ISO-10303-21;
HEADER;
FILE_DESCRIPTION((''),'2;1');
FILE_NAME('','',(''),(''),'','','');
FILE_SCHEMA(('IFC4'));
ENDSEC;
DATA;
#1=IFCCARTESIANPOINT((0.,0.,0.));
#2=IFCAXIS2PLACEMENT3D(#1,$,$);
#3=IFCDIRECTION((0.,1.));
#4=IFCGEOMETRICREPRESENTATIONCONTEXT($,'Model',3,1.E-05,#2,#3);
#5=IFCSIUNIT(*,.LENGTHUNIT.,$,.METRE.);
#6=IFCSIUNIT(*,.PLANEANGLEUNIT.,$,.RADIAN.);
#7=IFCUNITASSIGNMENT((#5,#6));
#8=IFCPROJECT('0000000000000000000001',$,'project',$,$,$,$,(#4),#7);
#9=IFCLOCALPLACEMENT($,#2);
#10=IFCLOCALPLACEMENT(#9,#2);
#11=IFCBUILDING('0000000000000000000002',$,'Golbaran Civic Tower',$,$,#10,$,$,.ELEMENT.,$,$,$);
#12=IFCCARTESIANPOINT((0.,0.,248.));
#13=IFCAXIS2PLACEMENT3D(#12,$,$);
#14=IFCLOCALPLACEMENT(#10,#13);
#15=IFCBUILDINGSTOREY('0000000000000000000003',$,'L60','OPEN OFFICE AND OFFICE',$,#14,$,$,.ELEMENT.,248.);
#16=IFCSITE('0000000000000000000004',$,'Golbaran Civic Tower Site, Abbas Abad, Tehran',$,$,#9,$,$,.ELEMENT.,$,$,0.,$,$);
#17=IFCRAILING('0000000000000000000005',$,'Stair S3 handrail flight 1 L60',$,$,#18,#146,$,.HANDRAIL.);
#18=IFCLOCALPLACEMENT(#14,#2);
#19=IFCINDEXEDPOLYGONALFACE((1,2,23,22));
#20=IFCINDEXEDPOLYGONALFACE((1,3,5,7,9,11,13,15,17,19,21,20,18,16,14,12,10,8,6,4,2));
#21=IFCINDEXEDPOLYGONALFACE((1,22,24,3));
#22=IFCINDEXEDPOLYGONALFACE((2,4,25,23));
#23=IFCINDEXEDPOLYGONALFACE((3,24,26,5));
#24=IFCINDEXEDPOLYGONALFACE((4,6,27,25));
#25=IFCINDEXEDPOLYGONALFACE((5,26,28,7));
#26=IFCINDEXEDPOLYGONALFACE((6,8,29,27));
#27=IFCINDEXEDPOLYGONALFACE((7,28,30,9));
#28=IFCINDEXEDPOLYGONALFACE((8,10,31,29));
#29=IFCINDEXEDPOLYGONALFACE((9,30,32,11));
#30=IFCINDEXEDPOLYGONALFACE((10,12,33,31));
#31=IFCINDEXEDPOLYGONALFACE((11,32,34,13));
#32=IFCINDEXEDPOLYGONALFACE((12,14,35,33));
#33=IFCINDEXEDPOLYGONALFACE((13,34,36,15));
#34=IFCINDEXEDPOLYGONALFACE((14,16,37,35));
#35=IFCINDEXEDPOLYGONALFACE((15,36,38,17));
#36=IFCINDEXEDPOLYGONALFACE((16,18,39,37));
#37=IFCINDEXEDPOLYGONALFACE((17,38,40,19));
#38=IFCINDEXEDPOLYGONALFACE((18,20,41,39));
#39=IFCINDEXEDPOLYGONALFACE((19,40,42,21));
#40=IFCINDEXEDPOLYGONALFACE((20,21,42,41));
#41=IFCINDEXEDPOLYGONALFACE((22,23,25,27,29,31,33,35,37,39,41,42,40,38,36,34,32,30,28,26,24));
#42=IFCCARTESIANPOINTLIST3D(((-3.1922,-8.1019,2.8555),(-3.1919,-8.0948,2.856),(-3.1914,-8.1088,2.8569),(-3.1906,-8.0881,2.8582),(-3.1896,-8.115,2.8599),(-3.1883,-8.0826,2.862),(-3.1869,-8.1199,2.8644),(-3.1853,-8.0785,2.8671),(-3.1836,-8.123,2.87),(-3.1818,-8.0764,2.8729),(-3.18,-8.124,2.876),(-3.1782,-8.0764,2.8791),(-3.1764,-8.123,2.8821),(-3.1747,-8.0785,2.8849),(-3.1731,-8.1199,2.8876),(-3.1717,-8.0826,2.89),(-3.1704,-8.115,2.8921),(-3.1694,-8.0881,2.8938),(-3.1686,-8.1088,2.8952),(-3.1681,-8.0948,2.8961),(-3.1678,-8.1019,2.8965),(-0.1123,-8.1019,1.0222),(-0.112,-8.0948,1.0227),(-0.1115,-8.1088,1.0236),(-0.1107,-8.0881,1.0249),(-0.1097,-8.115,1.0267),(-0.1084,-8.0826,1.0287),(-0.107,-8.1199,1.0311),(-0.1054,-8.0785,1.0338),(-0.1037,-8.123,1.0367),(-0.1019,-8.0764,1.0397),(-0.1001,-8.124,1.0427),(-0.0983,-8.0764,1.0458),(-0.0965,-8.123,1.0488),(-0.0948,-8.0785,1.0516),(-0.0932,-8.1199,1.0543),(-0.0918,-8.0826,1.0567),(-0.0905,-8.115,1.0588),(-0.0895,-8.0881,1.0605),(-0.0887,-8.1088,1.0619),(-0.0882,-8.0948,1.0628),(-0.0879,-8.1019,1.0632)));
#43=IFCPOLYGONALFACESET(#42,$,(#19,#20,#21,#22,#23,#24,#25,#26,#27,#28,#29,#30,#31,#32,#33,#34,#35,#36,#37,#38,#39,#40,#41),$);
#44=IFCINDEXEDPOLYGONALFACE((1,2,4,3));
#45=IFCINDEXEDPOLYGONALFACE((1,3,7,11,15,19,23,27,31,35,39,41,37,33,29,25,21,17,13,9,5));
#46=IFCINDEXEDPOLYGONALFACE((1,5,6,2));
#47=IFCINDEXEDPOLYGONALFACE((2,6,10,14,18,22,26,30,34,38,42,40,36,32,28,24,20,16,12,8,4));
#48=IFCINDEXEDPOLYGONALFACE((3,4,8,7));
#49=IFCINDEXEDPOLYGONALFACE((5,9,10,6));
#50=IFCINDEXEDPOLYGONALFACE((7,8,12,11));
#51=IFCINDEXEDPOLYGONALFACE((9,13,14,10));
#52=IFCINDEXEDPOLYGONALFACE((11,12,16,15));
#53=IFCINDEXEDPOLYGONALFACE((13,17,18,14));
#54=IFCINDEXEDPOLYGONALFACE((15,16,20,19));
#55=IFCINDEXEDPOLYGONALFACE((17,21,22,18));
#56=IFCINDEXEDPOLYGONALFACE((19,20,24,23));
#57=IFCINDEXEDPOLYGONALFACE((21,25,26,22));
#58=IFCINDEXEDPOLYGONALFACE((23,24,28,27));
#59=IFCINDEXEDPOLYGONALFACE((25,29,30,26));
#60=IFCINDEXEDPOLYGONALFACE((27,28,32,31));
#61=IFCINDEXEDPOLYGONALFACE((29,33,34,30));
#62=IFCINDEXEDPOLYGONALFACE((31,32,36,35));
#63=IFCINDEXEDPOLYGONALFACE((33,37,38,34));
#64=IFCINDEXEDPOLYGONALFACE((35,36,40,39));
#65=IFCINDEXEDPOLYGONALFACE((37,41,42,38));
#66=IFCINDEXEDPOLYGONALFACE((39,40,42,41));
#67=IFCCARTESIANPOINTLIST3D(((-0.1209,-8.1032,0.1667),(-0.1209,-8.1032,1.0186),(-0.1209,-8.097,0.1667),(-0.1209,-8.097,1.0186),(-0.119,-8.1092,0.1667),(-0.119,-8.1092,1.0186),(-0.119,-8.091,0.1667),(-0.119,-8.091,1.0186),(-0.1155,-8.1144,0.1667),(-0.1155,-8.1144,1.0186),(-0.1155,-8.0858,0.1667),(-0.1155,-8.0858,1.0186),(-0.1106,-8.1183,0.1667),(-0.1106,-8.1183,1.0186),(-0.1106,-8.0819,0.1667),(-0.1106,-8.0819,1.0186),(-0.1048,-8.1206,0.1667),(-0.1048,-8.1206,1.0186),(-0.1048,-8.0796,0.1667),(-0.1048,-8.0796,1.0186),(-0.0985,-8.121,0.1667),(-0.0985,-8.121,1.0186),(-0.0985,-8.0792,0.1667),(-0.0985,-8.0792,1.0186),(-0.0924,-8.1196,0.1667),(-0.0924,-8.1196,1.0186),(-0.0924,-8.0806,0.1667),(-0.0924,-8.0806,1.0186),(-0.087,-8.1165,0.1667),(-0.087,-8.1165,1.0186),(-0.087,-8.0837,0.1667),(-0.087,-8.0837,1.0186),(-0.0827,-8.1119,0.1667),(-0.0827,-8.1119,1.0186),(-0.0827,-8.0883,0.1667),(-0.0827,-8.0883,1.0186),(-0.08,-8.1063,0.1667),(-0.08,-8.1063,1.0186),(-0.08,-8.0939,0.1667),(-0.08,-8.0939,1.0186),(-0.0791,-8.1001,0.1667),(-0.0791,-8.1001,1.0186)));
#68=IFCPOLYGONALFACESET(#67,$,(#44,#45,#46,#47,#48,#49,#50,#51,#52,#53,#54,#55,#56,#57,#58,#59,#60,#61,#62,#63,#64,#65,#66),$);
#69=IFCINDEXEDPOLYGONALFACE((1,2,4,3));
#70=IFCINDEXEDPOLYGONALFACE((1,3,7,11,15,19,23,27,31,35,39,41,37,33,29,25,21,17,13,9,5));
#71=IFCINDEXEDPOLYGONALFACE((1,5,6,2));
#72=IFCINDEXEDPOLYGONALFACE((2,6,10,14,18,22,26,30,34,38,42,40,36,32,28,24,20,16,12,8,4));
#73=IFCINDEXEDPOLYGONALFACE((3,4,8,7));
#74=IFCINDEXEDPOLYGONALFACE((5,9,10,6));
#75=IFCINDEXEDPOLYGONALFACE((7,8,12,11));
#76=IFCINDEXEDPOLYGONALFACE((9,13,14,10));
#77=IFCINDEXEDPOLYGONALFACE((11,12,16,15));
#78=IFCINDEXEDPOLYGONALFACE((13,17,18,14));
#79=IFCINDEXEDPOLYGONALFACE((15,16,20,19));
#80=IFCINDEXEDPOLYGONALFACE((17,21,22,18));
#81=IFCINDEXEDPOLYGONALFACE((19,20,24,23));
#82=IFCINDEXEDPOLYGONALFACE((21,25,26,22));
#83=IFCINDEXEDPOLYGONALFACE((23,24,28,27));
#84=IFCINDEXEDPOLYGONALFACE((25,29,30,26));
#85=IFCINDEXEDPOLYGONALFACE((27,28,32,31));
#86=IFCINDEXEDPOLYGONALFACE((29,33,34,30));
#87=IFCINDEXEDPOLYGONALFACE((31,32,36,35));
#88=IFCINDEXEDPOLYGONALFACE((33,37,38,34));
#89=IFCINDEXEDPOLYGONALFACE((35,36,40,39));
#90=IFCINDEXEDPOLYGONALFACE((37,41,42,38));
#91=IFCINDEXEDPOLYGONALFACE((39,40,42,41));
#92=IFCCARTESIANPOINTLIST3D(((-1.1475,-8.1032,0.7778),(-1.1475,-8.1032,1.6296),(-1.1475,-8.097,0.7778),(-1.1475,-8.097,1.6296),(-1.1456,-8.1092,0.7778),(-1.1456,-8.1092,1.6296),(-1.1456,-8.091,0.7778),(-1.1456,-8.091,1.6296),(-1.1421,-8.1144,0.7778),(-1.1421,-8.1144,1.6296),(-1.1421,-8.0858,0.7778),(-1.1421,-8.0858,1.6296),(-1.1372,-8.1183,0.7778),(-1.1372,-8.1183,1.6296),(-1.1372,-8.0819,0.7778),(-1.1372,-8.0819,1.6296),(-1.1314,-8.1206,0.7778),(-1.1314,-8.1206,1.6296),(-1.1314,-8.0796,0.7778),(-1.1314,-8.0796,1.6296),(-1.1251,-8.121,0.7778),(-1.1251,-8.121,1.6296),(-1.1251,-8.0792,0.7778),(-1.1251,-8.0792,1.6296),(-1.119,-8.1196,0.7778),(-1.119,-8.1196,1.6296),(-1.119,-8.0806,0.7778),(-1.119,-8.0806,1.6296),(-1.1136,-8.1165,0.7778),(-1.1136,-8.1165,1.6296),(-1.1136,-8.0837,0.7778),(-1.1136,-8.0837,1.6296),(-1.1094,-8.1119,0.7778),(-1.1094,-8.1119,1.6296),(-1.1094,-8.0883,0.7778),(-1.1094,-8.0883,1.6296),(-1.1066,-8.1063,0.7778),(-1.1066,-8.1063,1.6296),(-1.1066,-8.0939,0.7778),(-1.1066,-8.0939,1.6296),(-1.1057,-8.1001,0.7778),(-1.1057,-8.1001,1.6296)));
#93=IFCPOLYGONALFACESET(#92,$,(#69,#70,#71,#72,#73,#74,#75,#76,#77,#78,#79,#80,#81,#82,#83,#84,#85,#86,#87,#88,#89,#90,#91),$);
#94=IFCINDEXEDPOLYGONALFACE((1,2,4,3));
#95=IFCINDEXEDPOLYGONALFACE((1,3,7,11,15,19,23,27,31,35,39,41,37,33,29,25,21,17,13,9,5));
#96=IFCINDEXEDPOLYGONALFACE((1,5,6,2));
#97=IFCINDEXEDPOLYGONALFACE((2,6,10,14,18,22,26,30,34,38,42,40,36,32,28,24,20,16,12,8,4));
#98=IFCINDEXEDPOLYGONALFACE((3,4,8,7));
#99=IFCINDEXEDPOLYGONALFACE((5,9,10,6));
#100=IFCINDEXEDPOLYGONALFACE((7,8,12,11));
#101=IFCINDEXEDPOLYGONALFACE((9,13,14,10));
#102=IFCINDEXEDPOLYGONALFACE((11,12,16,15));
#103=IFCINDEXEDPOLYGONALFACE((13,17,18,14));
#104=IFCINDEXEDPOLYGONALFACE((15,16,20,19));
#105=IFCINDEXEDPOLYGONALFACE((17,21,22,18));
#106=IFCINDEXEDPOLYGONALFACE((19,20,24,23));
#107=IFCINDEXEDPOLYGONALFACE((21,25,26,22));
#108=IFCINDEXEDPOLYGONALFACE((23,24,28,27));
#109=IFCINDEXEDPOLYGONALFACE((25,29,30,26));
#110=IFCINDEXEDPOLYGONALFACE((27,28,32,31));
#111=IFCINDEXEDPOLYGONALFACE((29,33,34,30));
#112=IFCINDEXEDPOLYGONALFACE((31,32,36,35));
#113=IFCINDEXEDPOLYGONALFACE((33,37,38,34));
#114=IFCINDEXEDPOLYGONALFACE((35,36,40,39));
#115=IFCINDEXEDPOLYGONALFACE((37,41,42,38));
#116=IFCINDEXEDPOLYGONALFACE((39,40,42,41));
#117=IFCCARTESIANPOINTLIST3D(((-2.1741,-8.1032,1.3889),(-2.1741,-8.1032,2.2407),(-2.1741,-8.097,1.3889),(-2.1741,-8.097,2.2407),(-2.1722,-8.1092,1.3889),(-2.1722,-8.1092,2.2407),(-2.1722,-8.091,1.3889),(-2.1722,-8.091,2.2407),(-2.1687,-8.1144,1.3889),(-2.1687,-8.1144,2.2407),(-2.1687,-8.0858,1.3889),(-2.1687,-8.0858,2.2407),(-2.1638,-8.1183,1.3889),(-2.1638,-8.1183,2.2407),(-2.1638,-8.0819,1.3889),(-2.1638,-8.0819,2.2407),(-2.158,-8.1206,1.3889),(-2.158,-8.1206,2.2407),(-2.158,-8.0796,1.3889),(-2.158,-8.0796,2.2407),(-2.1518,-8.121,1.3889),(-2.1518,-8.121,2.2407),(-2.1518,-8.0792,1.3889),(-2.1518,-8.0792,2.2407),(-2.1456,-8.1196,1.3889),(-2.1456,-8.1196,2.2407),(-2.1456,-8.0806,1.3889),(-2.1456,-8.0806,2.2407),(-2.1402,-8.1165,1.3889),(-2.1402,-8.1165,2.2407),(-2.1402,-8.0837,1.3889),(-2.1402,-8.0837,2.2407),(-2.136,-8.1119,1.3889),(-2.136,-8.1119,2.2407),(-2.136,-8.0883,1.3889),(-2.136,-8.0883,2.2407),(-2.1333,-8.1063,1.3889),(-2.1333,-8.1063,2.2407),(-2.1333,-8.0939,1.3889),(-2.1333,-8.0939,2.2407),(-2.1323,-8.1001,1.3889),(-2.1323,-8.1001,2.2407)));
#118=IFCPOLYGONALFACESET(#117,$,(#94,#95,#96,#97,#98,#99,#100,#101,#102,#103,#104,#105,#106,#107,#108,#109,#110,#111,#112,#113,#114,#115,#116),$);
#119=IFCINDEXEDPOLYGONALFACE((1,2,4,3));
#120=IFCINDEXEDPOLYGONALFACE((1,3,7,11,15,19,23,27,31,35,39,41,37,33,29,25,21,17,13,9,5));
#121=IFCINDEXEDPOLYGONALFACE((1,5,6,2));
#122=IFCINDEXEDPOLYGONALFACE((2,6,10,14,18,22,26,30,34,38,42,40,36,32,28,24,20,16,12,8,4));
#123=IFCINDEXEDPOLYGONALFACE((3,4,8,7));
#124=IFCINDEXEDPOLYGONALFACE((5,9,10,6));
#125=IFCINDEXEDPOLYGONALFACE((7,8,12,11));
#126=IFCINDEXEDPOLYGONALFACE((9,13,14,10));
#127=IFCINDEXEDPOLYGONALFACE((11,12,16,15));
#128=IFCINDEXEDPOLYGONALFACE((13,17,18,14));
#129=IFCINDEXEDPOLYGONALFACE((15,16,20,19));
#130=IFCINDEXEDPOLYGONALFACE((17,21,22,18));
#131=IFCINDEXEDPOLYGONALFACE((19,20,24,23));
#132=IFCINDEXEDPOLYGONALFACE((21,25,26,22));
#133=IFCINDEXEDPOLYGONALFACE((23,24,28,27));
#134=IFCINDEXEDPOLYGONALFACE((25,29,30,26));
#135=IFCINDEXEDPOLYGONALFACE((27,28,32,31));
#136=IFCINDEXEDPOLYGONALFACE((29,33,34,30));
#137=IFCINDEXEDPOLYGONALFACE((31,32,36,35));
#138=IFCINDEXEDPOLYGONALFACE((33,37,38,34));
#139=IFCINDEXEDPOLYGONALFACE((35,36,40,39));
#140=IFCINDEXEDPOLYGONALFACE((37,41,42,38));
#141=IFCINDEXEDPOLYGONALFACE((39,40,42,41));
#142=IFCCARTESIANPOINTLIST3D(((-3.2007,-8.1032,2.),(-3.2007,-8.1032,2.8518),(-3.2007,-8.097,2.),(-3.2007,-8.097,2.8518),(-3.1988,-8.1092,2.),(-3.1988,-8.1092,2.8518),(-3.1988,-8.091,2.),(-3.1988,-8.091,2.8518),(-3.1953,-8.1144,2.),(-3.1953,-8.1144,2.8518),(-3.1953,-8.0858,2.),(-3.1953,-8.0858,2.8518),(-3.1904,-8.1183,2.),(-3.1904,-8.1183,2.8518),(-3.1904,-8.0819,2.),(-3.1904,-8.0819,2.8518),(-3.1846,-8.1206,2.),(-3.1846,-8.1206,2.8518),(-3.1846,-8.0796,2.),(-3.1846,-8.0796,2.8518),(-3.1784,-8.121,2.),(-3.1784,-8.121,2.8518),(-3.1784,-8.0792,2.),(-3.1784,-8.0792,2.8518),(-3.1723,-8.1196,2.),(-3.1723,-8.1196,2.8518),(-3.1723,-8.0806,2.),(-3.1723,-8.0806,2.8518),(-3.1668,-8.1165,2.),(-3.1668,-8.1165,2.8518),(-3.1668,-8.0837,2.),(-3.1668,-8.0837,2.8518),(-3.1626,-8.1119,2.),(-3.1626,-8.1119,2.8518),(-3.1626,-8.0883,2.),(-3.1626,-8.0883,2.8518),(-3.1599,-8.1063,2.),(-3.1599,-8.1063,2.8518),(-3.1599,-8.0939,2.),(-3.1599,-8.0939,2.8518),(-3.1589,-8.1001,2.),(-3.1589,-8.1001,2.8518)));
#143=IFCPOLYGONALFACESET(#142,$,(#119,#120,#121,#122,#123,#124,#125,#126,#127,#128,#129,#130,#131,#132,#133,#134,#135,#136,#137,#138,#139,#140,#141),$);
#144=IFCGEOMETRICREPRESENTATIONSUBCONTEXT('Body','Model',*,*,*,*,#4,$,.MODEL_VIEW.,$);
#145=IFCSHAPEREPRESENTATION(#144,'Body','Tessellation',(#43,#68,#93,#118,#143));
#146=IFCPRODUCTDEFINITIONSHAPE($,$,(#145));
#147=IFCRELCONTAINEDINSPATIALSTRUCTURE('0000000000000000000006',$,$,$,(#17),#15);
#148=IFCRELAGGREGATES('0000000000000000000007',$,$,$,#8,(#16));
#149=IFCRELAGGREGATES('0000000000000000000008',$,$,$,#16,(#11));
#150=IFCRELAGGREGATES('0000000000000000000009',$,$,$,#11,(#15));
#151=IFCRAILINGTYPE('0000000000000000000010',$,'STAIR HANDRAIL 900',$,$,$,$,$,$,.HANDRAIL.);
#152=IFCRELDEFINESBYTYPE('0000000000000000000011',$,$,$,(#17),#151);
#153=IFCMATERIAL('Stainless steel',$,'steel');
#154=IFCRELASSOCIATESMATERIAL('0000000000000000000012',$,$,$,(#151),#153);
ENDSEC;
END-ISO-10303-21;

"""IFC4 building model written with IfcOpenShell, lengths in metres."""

from ifc_helpers import new_model, si_unit, direction, frame, origin, origin_2d, place, context, subcontext, project, spatial, circle, extrude, material, type_object, element, save


model = new_model("IFC4")

# Units and contexts
model_context = context("Model", 3, precision=1e-05, world=origin(), true_north=direction((0.0, 1.0)))
body_context = subcontext(model_context, "Body", "Model", "MODEL_VIEW")
ifc_project = project(units=[si_unit("LENGTHUNIT", "METRE"), si_unit("PLANEANGLEUNIT", "RADIAN")], contexts=[model_context])

# Site, building, storey
site_placement = place(None, origin())
site = spatial("IfcSite", under=ifc_project, at=site_placement, Name="Golbaran Civic Tower Site, Abbas Abad, Tehran", CompositionType="ELEMENT", RefElevation=0.0)
building_placement = place(site_placement, origin())
building = spatial("IfcBuilding", under=site, at=building_placement, Name="Golbaran Civic Tower", CompositionType="ELEMENT")
storey_placement = place(building_placement, frame((0.0, 0.0, 248.0)))
storey = spatial("IfcBuildingStorey", under=building, at=storey_placement, Name="L60", Description="OPEN OFFICE AND OFFICE", CompositionType="ELEMENT", Elevation=248.0)

# Shared definitions
ifc_material_1 = material(Name="Stainless steel", Category="steel")

# Railing
railing_type = type_object("IfcRailingType", Name="STAIR HANDRAIL 900", PredefinedType="HANDRAIL", material=ifc_material_1)
railing_1_placement = place(storey_placement, frame((-0.1001, -8.1001, 0.1667)))
element("IfcRailing", 1, at=railing_1_placement, inside=storey, type_object=railing_type, Name="Stair S3 handrail flight 1 L60", PredefinedType="HANDRAIL", context=body_context, shape_type="SweptSolid", body=[
    extrude(circle(Radius=0.0239, at=origin_2d()), frame((0.0, 0.0, 0.876), z_axis=(-0.859291, 0.0, 0.511487), x_axis=(0.0, -1.0, 0.0)), (0.0, 0.0, 1.0), 3.5842),
    extrude(circle(Radius=0.021, at=origin_2d()), origin(), (0.0, 0.0, 1.0), 0.8518),
    extrude(circle(Radius=0.021, at=origin_2d()), frame((-1.0266, 0.0, 0.6111)), (0.0, 0.0, 1.0), 0.8518),
    extrude(circle(Radius=0.021, at=origin_2d()), frame((-2.0532, 0.0, 1.2222)), (0.0, 0.0, 1.0), 0.8518),
    extrude(circle(Radius=0.021, at=origin_2d()), frame((-3.0798, 0.0, 1.8333)), (0.0, 0.0, 1.0), 0.8518),
])

save(model, "model.ifc")
